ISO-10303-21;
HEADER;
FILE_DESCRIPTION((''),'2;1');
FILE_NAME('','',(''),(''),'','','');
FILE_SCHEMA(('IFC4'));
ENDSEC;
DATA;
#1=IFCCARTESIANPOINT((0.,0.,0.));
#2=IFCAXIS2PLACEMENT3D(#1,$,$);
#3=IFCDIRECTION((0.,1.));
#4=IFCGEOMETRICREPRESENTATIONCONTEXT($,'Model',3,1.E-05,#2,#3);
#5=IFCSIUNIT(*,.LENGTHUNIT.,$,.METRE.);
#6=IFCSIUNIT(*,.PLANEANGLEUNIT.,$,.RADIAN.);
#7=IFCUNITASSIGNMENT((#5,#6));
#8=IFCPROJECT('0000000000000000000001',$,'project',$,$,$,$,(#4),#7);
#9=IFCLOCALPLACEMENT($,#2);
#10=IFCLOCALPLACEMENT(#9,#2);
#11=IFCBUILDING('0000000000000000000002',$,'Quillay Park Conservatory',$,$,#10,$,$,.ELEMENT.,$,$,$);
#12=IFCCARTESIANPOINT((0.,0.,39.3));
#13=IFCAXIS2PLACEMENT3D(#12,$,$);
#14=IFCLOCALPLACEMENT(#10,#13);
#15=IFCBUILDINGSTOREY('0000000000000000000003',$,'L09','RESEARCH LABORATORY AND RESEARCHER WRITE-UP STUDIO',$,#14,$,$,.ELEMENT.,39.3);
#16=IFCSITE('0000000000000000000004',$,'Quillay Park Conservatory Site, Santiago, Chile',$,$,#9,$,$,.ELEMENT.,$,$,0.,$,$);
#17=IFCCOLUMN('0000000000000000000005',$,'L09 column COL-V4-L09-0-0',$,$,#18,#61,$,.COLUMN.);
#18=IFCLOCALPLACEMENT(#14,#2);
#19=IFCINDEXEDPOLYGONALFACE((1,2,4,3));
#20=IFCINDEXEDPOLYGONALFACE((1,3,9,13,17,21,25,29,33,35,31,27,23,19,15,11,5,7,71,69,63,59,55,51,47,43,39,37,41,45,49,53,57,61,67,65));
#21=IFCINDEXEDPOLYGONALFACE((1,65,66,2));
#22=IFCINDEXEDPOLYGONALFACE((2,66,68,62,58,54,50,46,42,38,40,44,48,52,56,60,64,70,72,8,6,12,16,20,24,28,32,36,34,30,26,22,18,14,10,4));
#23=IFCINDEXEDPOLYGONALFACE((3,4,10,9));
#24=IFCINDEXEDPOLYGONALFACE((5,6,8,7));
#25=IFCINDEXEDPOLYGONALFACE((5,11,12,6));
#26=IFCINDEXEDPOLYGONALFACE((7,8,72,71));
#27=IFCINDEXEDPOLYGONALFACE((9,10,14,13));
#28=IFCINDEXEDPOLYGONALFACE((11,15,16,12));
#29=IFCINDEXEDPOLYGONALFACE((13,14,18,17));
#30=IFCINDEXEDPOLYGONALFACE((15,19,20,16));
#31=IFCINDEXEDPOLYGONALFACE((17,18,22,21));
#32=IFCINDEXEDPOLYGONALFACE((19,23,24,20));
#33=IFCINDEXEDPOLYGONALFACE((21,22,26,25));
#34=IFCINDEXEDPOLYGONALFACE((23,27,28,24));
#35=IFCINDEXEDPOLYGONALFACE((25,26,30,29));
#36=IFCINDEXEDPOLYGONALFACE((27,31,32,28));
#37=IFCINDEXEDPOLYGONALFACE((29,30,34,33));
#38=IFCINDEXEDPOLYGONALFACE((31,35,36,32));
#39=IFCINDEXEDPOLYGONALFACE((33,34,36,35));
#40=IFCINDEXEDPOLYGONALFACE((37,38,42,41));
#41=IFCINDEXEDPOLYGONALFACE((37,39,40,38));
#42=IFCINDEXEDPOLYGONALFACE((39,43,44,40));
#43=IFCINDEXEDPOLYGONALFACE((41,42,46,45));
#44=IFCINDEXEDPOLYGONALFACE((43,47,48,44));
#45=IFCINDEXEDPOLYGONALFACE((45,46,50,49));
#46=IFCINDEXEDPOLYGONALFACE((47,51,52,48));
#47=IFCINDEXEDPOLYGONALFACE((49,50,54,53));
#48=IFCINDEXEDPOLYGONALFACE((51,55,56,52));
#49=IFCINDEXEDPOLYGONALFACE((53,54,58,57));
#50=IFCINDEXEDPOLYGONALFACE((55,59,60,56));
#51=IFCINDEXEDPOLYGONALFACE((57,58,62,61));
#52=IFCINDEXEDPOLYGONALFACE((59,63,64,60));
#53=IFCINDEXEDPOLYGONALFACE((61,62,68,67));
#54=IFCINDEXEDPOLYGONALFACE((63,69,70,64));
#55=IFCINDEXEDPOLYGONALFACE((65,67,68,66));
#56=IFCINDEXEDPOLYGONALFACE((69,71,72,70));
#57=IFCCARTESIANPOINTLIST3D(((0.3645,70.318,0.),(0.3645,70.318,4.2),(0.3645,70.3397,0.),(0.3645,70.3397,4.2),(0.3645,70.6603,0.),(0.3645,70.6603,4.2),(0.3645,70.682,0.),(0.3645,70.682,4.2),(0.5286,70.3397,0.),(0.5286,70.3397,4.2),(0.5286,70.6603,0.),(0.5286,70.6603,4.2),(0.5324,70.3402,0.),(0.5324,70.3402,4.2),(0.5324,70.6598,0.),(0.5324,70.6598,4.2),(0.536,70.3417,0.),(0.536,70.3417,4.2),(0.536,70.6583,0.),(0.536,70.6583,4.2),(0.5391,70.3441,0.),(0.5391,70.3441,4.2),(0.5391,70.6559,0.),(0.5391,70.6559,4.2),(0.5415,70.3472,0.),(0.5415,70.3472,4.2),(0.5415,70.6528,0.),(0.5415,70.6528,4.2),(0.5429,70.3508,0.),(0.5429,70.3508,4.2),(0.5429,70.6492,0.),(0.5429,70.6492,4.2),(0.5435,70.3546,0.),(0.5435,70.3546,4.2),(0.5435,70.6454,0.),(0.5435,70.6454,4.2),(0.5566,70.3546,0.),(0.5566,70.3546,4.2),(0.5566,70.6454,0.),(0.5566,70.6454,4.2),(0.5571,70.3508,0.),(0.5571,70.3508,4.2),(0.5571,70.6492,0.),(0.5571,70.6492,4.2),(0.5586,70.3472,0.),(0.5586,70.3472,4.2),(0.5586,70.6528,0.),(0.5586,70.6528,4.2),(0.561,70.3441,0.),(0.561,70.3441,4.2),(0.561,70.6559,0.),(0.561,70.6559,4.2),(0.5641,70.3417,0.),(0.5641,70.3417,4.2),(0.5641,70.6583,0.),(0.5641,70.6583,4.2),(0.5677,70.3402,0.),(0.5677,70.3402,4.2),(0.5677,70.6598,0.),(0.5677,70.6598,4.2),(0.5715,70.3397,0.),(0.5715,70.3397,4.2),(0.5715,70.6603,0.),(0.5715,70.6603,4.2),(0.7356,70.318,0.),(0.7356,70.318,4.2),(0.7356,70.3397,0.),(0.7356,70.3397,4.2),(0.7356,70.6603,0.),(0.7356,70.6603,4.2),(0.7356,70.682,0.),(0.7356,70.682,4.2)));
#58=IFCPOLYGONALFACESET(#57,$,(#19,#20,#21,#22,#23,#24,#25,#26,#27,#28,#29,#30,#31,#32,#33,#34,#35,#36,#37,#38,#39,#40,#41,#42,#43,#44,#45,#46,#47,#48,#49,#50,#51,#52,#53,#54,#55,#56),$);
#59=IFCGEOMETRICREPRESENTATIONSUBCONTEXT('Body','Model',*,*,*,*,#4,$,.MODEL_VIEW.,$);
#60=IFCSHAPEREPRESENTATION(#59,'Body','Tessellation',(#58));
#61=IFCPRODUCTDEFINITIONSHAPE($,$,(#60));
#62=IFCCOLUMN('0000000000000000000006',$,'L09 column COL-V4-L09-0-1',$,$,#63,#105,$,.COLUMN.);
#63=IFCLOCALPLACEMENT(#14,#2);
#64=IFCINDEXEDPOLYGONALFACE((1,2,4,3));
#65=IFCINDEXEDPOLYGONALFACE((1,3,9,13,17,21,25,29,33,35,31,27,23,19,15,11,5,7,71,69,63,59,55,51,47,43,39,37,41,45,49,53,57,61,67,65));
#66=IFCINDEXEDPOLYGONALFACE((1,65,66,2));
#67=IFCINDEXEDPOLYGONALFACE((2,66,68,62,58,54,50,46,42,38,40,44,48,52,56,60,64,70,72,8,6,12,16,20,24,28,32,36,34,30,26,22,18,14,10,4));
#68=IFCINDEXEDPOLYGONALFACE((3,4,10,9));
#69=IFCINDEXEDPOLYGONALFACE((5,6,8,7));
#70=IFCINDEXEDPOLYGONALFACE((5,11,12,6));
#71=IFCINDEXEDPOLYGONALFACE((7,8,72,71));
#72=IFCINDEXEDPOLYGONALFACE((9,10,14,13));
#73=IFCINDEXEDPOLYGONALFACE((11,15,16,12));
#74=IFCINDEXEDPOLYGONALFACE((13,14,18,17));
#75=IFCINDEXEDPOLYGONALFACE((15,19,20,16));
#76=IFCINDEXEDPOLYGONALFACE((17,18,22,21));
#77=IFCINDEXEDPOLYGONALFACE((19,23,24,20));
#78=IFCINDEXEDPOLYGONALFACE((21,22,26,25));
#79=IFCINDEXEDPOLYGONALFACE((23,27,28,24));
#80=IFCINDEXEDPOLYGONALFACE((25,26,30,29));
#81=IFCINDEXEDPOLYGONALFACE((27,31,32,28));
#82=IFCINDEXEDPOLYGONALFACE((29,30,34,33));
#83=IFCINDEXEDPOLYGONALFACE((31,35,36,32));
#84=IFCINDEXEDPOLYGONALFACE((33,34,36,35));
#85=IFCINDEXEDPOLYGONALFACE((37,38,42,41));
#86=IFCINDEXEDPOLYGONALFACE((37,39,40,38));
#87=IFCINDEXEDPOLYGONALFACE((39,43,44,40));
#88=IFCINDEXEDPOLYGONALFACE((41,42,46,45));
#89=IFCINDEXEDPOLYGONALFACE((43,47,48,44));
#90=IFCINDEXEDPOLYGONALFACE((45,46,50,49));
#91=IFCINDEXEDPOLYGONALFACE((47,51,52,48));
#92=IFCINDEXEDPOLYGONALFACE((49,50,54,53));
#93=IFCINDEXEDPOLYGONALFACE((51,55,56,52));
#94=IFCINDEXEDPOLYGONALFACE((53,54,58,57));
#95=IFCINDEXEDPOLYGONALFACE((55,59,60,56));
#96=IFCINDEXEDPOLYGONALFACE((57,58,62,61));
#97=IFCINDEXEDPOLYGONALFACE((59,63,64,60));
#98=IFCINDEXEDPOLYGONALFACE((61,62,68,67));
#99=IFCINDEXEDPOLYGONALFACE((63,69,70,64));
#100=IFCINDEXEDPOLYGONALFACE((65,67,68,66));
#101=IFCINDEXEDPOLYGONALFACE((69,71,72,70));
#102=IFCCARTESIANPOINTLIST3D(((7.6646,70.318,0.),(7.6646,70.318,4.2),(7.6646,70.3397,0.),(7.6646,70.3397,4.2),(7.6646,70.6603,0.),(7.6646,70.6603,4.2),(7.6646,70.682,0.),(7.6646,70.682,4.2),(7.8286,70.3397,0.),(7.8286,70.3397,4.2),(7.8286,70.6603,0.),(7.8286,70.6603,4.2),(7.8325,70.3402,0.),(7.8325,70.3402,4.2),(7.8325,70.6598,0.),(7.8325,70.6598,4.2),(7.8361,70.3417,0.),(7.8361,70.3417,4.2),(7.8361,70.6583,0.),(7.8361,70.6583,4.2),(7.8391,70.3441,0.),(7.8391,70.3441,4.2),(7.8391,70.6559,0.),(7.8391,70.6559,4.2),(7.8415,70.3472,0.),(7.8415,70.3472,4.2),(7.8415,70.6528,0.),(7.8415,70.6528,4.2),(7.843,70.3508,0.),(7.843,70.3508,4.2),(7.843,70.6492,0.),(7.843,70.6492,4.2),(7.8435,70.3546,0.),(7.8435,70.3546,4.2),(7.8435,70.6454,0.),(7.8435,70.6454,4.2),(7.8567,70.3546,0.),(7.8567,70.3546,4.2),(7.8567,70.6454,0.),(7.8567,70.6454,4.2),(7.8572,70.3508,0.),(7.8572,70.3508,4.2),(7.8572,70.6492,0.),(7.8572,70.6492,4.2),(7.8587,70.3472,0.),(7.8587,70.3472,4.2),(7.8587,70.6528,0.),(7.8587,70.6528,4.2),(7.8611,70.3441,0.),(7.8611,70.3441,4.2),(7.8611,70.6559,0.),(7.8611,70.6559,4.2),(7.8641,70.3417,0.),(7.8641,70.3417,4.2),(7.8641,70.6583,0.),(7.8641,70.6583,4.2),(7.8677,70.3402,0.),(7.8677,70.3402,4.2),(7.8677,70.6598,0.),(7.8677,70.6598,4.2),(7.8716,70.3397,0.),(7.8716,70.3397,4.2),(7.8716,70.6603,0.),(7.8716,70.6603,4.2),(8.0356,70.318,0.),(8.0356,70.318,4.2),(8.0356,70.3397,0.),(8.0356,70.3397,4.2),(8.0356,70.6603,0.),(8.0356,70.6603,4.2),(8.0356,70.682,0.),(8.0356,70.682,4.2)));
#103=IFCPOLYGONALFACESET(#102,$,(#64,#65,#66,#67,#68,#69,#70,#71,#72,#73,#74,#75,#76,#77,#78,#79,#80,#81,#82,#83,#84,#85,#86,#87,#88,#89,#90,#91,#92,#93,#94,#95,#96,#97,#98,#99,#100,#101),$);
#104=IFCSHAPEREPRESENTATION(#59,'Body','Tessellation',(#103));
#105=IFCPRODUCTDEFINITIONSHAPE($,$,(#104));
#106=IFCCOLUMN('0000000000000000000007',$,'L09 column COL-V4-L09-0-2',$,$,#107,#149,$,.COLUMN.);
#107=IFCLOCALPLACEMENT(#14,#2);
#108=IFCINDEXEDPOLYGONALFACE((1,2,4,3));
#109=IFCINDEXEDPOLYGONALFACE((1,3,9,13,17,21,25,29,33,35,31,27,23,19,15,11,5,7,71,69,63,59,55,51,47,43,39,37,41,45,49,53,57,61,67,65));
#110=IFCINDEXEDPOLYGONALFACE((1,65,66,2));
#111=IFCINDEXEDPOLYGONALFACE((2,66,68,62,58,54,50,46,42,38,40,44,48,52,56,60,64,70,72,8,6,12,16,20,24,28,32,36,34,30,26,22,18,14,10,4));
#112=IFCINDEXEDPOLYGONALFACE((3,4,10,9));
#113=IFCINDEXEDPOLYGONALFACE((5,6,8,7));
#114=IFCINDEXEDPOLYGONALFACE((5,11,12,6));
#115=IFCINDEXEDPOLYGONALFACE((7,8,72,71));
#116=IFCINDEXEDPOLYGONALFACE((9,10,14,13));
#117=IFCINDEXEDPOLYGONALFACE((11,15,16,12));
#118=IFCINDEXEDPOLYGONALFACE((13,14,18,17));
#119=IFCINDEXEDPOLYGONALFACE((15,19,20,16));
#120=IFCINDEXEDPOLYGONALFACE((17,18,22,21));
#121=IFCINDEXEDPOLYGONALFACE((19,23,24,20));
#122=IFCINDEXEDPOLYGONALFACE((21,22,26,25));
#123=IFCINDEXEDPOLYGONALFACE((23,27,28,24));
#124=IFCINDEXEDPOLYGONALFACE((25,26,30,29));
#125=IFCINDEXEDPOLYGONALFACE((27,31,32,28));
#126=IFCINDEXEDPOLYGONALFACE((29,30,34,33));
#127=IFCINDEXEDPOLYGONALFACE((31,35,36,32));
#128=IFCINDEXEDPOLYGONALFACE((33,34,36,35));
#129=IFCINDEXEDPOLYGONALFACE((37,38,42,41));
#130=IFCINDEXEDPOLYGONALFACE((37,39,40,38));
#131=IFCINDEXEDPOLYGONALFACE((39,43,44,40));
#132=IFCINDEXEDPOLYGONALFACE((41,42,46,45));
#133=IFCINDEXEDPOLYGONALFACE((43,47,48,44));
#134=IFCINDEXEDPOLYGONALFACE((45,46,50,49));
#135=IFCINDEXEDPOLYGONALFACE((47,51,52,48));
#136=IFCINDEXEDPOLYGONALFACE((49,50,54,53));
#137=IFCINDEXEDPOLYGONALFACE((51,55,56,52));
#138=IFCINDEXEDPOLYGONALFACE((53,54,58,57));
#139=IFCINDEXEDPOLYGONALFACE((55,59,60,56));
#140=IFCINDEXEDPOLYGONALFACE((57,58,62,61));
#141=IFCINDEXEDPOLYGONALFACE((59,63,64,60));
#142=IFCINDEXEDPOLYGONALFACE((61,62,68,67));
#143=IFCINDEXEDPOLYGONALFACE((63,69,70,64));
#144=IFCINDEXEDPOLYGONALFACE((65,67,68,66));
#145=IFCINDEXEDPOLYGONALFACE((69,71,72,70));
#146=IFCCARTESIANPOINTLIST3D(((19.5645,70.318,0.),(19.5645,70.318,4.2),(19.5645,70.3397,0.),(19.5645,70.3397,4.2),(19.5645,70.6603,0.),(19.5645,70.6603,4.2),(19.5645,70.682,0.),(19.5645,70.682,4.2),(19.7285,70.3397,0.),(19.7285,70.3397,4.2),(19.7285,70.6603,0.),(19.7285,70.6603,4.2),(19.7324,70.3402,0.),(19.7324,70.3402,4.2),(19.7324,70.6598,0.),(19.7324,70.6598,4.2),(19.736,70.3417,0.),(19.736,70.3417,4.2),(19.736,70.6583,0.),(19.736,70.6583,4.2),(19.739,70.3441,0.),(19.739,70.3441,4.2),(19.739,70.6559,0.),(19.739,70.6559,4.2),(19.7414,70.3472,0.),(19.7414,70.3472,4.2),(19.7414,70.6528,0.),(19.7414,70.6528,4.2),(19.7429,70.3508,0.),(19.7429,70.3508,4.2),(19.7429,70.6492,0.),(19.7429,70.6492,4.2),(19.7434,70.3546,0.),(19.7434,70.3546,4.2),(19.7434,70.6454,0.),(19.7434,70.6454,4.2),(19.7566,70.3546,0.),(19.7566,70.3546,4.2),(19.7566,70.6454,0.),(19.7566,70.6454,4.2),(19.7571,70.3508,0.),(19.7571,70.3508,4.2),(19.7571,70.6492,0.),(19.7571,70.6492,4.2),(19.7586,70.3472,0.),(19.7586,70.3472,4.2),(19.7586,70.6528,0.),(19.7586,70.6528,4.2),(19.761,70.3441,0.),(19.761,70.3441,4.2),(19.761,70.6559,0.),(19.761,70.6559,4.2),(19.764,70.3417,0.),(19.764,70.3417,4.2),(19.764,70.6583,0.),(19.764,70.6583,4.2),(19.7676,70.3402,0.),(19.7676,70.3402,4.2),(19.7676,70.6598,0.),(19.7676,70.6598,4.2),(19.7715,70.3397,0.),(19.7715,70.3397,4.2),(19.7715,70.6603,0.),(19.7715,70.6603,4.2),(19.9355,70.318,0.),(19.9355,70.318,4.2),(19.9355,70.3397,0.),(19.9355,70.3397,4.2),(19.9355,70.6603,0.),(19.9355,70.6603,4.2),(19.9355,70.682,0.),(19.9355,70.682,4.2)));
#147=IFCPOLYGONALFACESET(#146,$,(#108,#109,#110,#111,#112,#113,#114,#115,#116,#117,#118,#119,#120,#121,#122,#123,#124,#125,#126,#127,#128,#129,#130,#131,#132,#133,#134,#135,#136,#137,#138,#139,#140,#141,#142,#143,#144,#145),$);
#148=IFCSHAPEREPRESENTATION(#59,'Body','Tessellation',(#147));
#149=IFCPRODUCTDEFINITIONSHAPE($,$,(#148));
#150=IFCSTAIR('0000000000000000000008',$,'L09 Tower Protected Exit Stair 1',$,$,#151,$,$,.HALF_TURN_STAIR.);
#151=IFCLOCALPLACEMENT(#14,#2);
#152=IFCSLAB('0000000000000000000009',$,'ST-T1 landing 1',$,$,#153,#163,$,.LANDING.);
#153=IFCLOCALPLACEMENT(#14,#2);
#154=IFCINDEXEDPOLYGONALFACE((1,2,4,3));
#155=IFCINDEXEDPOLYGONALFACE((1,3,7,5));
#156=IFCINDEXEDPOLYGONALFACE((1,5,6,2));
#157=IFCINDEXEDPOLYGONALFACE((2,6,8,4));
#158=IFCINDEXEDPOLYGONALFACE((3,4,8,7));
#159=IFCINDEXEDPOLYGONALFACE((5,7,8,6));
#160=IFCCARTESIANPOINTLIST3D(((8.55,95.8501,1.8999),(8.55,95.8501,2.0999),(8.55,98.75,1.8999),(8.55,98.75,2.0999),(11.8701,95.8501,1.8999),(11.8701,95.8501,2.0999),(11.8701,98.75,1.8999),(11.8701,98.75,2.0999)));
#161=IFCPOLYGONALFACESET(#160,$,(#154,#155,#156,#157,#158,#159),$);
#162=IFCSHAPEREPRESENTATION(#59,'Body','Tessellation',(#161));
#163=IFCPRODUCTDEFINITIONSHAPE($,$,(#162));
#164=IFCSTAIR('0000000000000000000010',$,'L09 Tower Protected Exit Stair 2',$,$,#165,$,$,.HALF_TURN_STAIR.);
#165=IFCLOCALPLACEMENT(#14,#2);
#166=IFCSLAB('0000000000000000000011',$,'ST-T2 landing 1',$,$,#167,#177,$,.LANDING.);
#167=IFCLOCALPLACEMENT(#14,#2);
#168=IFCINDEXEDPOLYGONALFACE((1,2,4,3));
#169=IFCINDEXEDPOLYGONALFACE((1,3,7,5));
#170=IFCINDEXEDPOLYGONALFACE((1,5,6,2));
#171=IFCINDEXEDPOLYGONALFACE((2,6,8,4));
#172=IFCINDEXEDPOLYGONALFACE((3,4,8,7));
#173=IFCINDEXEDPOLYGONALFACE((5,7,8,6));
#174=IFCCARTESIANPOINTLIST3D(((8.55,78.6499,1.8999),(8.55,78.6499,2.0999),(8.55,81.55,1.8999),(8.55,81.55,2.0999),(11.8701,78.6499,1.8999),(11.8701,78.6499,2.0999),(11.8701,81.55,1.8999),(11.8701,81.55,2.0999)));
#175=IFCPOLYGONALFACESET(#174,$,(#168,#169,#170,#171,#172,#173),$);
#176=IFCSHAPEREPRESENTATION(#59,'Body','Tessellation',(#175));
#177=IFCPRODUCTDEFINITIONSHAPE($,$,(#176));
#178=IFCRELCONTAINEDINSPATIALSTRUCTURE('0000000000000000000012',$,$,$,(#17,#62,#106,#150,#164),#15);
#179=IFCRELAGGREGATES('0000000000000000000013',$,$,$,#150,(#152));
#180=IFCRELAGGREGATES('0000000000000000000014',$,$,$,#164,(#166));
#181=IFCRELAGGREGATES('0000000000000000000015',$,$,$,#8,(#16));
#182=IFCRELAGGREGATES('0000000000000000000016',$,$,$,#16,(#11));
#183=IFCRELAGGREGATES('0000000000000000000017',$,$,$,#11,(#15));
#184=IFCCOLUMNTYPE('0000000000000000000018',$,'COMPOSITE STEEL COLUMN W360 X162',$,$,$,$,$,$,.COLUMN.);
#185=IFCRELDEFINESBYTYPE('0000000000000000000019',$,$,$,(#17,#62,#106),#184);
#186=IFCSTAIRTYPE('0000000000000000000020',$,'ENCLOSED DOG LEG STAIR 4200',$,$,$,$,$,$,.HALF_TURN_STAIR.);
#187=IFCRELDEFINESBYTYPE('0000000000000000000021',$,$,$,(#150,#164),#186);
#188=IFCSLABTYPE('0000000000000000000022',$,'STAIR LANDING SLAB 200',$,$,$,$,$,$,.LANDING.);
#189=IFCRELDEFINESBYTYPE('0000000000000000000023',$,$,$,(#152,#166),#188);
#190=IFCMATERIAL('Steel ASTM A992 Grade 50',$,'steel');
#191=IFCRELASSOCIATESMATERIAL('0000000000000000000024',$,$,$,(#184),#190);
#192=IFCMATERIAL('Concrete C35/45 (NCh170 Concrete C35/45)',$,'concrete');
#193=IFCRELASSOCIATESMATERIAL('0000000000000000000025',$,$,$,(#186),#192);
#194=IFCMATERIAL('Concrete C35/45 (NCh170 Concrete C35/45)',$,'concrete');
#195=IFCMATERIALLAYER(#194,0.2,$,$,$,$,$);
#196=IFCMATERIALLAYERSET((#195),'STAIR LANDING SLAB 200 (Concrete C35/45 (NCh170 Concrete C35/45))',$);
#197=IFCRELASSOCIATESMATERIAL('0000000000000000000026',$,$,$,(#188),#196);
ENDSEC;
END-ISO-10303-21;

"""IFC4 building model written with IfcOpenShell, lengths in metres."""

from ifc_helpers import new_model, si_unit, direction, frame, origin, origin_2d, place, context, subcontext, project, spatial, polyline, i_section, outline, extrude, material, layer, layer_set, material_profile, profile_set, type_object, element, aggregate, save


model = new_model("IFC4")

# Units and contexts
model_context = context("Model", 3, precision=1e-05, world=origin(), true_north=direction((0.0, 1.0)))
body_context = subcontext(model_context, "Body", "Model", "MODEL_VIEW")
ifc_project = project(units=[si_unit("LENGTHUNIT", "METRE"), si_unit("PLANEANGLEUNIT", "RADIAN")], contexts=[model_context])

# Site, building, storey
site_placement = place(None, origin())
site = spatial("IfcSite", under=ifc_project, at=site_placement, Name="Quillay Park Conservatory Site, Santiago, Chile", CompositionType="ELEMENT", RefElevation=0.0)
building_placement = place(site_placement, origin())
building = spatial("IfcBuilding", under=site, at=building_placement, Name="Quillay Park Conservatory", CompositionType="ELEMENT")
storey_placement = place(building_placement, frame((0.0, 0.0, 39.3)))
storey = spatial("IfcBuildingStorey", under=building, at=storey_placement, Name="L09", Description="RESEARCH LABORATORY AND RESEARCHER WRITE-UP STUDIO", CompositionType="ELEMENT", Elevation=39.3)

# Columns
ifc_material_1 = material(Name="Steel ASTM A992 Grade 50", Category="steel")
ifc_material_profile = material_profile(ifc_material_1, i_section(OverallWidth=0.3711, OverallDepth=0.364, WebThickness=0.0132, FlangeThickness=0.0217, FilletRadius=0.0149, at=origin_2d()), Name="W360x162")
ifc_profile_set = profile_set([ifc_material_profile], Name="Steel ASTM A992 Grade 50")
column_type = type_object("IfcColumnType", Name="COMPOSITE STEEL COLUMN W360 X162", PredefinedType="COLUMN", material=ifc_profile_set)
for number, where, z_axis, x_axis, name in (
    (1, (0.55, 70.5, 0.0), (0.0, 0.0, 1.0), (1.0, 0.0, 0.0), "L09 column COL-V4-L09-0-0"),
    (2, (7.8501, 70.5, 0.0), (0.0, 0.0, 1.0), (1.0, 0.0, 0.0), "L09 column COL-V4-L09-0-1"),
    (3, (19.75, 70.5, 0.0), (0.0, 0.0, 1.0), (1.0, 0.0, 0.0), "L09 column COL-V4-L09-0-2"),
):
    element("IfcColumn", number, at=place(storey_placement, frame(where, z_axis=z_axis, x_axis=x_axis)), inside=storey, type_object=column_type, Name=name, PredefinedType="COLUMN", context=body_context, shape_type="SweptSolid", body=[
        extrude(i_section(OverallWidth=0.3711, OverallDepth=0.364, WebThickness=0.0132, FlangeThickness=0.0217, FilletRadius=0.0149, at=origin_2d()), origin(), (0.0, 0.0, 1.0), 4.2),
    ])

# Stairs, slabs
ifc_material_2 = material(Name="Concrete C35/45 (NCh170 Concrete C35/45)", Category="concrete")
stair_type = type_object("IfcStairType", Name="ENCLOSED DOG LEG STAIR 4200", PredefinedType="HALF_TURN_STAIR", material=ifc_material_2)
stair_1_placement = place(storey_placement, origin())
stair_1 = element("IfcStair", 4, at=stair_1_placement, inside=storey, type_object=stair_type, Name="L09 Tower Protected Exit Stair 1", PredefinedType="HALF_TURN_STAIR")
ifc_material_3 = material(Name="Concrete C35/45 (NCh170 Concrete C35/45)", Category="concrete")
ifc_layer_1 = layer(ifc_material_3, 0.2)
ifc_layer_set_1 = layer_set([ifc_layer_1], Name="STAIR LANDING SLAB 200 (Concrete C35/45 (NCh170 Concrete C35/45))")
slab_type_1 = type_object("IfcSlabType", Name="STAIR LANDING SLAB 200", PredefinedType="LANDING", material=ifc_layer_set_1)
slab_1_placement = place(storey_placement, frame((0.0, 0.0, 1.8999)))
slab_1 = element("IfcSlab", 5, at=slab_1_placement, type_object=slab_type_1, Name="ST-T1 landing 1", PredefinedType="LANDING", context=body_context, shape_type="SweptSolid", body=[
    extrude(outline(polyline([(11.8701, 95.8501), (11.8701, 98.75), (8.55, 98.75), (8.55, 95.8501), (11.8701, 95.8501)])), origin(), (0.0, 0.0, 1.0), 0.2),
])
aggregate(stair_1, [slab_1])
stair_2_placement = place(storey_placement, origin())
stair_2 = element("IfcStair", 6, at=stair_2_placement, inside=storey, type_object=stair_type, Name="L09 Tower Protected Exit Stair 2", PredefinedType="HALF_TURN_STAIR")
slab_2_placement = place(storey_placement, frame((0.0, 0.0, 1.8999)))
slab_2 = element("IfcSlab", 7, at=slab_2_placement, type_object=slab_type_1, Name="ST-T2 landing 1", PredefinedType="LANDING", context=body_context, shape_type="SweptSolid", body=[
    extrude(outline(polyline([(8.55, 81.55), (8.55, 78.6499), (11.8701, 78.6499), (11.8701, 81.55), (8.55, 81.55)])), origin(), (0.0, 0.0, 1.0), 0.2),
])
aggregate(stair_2, [slab_2])

save(model, "model.ifc")
